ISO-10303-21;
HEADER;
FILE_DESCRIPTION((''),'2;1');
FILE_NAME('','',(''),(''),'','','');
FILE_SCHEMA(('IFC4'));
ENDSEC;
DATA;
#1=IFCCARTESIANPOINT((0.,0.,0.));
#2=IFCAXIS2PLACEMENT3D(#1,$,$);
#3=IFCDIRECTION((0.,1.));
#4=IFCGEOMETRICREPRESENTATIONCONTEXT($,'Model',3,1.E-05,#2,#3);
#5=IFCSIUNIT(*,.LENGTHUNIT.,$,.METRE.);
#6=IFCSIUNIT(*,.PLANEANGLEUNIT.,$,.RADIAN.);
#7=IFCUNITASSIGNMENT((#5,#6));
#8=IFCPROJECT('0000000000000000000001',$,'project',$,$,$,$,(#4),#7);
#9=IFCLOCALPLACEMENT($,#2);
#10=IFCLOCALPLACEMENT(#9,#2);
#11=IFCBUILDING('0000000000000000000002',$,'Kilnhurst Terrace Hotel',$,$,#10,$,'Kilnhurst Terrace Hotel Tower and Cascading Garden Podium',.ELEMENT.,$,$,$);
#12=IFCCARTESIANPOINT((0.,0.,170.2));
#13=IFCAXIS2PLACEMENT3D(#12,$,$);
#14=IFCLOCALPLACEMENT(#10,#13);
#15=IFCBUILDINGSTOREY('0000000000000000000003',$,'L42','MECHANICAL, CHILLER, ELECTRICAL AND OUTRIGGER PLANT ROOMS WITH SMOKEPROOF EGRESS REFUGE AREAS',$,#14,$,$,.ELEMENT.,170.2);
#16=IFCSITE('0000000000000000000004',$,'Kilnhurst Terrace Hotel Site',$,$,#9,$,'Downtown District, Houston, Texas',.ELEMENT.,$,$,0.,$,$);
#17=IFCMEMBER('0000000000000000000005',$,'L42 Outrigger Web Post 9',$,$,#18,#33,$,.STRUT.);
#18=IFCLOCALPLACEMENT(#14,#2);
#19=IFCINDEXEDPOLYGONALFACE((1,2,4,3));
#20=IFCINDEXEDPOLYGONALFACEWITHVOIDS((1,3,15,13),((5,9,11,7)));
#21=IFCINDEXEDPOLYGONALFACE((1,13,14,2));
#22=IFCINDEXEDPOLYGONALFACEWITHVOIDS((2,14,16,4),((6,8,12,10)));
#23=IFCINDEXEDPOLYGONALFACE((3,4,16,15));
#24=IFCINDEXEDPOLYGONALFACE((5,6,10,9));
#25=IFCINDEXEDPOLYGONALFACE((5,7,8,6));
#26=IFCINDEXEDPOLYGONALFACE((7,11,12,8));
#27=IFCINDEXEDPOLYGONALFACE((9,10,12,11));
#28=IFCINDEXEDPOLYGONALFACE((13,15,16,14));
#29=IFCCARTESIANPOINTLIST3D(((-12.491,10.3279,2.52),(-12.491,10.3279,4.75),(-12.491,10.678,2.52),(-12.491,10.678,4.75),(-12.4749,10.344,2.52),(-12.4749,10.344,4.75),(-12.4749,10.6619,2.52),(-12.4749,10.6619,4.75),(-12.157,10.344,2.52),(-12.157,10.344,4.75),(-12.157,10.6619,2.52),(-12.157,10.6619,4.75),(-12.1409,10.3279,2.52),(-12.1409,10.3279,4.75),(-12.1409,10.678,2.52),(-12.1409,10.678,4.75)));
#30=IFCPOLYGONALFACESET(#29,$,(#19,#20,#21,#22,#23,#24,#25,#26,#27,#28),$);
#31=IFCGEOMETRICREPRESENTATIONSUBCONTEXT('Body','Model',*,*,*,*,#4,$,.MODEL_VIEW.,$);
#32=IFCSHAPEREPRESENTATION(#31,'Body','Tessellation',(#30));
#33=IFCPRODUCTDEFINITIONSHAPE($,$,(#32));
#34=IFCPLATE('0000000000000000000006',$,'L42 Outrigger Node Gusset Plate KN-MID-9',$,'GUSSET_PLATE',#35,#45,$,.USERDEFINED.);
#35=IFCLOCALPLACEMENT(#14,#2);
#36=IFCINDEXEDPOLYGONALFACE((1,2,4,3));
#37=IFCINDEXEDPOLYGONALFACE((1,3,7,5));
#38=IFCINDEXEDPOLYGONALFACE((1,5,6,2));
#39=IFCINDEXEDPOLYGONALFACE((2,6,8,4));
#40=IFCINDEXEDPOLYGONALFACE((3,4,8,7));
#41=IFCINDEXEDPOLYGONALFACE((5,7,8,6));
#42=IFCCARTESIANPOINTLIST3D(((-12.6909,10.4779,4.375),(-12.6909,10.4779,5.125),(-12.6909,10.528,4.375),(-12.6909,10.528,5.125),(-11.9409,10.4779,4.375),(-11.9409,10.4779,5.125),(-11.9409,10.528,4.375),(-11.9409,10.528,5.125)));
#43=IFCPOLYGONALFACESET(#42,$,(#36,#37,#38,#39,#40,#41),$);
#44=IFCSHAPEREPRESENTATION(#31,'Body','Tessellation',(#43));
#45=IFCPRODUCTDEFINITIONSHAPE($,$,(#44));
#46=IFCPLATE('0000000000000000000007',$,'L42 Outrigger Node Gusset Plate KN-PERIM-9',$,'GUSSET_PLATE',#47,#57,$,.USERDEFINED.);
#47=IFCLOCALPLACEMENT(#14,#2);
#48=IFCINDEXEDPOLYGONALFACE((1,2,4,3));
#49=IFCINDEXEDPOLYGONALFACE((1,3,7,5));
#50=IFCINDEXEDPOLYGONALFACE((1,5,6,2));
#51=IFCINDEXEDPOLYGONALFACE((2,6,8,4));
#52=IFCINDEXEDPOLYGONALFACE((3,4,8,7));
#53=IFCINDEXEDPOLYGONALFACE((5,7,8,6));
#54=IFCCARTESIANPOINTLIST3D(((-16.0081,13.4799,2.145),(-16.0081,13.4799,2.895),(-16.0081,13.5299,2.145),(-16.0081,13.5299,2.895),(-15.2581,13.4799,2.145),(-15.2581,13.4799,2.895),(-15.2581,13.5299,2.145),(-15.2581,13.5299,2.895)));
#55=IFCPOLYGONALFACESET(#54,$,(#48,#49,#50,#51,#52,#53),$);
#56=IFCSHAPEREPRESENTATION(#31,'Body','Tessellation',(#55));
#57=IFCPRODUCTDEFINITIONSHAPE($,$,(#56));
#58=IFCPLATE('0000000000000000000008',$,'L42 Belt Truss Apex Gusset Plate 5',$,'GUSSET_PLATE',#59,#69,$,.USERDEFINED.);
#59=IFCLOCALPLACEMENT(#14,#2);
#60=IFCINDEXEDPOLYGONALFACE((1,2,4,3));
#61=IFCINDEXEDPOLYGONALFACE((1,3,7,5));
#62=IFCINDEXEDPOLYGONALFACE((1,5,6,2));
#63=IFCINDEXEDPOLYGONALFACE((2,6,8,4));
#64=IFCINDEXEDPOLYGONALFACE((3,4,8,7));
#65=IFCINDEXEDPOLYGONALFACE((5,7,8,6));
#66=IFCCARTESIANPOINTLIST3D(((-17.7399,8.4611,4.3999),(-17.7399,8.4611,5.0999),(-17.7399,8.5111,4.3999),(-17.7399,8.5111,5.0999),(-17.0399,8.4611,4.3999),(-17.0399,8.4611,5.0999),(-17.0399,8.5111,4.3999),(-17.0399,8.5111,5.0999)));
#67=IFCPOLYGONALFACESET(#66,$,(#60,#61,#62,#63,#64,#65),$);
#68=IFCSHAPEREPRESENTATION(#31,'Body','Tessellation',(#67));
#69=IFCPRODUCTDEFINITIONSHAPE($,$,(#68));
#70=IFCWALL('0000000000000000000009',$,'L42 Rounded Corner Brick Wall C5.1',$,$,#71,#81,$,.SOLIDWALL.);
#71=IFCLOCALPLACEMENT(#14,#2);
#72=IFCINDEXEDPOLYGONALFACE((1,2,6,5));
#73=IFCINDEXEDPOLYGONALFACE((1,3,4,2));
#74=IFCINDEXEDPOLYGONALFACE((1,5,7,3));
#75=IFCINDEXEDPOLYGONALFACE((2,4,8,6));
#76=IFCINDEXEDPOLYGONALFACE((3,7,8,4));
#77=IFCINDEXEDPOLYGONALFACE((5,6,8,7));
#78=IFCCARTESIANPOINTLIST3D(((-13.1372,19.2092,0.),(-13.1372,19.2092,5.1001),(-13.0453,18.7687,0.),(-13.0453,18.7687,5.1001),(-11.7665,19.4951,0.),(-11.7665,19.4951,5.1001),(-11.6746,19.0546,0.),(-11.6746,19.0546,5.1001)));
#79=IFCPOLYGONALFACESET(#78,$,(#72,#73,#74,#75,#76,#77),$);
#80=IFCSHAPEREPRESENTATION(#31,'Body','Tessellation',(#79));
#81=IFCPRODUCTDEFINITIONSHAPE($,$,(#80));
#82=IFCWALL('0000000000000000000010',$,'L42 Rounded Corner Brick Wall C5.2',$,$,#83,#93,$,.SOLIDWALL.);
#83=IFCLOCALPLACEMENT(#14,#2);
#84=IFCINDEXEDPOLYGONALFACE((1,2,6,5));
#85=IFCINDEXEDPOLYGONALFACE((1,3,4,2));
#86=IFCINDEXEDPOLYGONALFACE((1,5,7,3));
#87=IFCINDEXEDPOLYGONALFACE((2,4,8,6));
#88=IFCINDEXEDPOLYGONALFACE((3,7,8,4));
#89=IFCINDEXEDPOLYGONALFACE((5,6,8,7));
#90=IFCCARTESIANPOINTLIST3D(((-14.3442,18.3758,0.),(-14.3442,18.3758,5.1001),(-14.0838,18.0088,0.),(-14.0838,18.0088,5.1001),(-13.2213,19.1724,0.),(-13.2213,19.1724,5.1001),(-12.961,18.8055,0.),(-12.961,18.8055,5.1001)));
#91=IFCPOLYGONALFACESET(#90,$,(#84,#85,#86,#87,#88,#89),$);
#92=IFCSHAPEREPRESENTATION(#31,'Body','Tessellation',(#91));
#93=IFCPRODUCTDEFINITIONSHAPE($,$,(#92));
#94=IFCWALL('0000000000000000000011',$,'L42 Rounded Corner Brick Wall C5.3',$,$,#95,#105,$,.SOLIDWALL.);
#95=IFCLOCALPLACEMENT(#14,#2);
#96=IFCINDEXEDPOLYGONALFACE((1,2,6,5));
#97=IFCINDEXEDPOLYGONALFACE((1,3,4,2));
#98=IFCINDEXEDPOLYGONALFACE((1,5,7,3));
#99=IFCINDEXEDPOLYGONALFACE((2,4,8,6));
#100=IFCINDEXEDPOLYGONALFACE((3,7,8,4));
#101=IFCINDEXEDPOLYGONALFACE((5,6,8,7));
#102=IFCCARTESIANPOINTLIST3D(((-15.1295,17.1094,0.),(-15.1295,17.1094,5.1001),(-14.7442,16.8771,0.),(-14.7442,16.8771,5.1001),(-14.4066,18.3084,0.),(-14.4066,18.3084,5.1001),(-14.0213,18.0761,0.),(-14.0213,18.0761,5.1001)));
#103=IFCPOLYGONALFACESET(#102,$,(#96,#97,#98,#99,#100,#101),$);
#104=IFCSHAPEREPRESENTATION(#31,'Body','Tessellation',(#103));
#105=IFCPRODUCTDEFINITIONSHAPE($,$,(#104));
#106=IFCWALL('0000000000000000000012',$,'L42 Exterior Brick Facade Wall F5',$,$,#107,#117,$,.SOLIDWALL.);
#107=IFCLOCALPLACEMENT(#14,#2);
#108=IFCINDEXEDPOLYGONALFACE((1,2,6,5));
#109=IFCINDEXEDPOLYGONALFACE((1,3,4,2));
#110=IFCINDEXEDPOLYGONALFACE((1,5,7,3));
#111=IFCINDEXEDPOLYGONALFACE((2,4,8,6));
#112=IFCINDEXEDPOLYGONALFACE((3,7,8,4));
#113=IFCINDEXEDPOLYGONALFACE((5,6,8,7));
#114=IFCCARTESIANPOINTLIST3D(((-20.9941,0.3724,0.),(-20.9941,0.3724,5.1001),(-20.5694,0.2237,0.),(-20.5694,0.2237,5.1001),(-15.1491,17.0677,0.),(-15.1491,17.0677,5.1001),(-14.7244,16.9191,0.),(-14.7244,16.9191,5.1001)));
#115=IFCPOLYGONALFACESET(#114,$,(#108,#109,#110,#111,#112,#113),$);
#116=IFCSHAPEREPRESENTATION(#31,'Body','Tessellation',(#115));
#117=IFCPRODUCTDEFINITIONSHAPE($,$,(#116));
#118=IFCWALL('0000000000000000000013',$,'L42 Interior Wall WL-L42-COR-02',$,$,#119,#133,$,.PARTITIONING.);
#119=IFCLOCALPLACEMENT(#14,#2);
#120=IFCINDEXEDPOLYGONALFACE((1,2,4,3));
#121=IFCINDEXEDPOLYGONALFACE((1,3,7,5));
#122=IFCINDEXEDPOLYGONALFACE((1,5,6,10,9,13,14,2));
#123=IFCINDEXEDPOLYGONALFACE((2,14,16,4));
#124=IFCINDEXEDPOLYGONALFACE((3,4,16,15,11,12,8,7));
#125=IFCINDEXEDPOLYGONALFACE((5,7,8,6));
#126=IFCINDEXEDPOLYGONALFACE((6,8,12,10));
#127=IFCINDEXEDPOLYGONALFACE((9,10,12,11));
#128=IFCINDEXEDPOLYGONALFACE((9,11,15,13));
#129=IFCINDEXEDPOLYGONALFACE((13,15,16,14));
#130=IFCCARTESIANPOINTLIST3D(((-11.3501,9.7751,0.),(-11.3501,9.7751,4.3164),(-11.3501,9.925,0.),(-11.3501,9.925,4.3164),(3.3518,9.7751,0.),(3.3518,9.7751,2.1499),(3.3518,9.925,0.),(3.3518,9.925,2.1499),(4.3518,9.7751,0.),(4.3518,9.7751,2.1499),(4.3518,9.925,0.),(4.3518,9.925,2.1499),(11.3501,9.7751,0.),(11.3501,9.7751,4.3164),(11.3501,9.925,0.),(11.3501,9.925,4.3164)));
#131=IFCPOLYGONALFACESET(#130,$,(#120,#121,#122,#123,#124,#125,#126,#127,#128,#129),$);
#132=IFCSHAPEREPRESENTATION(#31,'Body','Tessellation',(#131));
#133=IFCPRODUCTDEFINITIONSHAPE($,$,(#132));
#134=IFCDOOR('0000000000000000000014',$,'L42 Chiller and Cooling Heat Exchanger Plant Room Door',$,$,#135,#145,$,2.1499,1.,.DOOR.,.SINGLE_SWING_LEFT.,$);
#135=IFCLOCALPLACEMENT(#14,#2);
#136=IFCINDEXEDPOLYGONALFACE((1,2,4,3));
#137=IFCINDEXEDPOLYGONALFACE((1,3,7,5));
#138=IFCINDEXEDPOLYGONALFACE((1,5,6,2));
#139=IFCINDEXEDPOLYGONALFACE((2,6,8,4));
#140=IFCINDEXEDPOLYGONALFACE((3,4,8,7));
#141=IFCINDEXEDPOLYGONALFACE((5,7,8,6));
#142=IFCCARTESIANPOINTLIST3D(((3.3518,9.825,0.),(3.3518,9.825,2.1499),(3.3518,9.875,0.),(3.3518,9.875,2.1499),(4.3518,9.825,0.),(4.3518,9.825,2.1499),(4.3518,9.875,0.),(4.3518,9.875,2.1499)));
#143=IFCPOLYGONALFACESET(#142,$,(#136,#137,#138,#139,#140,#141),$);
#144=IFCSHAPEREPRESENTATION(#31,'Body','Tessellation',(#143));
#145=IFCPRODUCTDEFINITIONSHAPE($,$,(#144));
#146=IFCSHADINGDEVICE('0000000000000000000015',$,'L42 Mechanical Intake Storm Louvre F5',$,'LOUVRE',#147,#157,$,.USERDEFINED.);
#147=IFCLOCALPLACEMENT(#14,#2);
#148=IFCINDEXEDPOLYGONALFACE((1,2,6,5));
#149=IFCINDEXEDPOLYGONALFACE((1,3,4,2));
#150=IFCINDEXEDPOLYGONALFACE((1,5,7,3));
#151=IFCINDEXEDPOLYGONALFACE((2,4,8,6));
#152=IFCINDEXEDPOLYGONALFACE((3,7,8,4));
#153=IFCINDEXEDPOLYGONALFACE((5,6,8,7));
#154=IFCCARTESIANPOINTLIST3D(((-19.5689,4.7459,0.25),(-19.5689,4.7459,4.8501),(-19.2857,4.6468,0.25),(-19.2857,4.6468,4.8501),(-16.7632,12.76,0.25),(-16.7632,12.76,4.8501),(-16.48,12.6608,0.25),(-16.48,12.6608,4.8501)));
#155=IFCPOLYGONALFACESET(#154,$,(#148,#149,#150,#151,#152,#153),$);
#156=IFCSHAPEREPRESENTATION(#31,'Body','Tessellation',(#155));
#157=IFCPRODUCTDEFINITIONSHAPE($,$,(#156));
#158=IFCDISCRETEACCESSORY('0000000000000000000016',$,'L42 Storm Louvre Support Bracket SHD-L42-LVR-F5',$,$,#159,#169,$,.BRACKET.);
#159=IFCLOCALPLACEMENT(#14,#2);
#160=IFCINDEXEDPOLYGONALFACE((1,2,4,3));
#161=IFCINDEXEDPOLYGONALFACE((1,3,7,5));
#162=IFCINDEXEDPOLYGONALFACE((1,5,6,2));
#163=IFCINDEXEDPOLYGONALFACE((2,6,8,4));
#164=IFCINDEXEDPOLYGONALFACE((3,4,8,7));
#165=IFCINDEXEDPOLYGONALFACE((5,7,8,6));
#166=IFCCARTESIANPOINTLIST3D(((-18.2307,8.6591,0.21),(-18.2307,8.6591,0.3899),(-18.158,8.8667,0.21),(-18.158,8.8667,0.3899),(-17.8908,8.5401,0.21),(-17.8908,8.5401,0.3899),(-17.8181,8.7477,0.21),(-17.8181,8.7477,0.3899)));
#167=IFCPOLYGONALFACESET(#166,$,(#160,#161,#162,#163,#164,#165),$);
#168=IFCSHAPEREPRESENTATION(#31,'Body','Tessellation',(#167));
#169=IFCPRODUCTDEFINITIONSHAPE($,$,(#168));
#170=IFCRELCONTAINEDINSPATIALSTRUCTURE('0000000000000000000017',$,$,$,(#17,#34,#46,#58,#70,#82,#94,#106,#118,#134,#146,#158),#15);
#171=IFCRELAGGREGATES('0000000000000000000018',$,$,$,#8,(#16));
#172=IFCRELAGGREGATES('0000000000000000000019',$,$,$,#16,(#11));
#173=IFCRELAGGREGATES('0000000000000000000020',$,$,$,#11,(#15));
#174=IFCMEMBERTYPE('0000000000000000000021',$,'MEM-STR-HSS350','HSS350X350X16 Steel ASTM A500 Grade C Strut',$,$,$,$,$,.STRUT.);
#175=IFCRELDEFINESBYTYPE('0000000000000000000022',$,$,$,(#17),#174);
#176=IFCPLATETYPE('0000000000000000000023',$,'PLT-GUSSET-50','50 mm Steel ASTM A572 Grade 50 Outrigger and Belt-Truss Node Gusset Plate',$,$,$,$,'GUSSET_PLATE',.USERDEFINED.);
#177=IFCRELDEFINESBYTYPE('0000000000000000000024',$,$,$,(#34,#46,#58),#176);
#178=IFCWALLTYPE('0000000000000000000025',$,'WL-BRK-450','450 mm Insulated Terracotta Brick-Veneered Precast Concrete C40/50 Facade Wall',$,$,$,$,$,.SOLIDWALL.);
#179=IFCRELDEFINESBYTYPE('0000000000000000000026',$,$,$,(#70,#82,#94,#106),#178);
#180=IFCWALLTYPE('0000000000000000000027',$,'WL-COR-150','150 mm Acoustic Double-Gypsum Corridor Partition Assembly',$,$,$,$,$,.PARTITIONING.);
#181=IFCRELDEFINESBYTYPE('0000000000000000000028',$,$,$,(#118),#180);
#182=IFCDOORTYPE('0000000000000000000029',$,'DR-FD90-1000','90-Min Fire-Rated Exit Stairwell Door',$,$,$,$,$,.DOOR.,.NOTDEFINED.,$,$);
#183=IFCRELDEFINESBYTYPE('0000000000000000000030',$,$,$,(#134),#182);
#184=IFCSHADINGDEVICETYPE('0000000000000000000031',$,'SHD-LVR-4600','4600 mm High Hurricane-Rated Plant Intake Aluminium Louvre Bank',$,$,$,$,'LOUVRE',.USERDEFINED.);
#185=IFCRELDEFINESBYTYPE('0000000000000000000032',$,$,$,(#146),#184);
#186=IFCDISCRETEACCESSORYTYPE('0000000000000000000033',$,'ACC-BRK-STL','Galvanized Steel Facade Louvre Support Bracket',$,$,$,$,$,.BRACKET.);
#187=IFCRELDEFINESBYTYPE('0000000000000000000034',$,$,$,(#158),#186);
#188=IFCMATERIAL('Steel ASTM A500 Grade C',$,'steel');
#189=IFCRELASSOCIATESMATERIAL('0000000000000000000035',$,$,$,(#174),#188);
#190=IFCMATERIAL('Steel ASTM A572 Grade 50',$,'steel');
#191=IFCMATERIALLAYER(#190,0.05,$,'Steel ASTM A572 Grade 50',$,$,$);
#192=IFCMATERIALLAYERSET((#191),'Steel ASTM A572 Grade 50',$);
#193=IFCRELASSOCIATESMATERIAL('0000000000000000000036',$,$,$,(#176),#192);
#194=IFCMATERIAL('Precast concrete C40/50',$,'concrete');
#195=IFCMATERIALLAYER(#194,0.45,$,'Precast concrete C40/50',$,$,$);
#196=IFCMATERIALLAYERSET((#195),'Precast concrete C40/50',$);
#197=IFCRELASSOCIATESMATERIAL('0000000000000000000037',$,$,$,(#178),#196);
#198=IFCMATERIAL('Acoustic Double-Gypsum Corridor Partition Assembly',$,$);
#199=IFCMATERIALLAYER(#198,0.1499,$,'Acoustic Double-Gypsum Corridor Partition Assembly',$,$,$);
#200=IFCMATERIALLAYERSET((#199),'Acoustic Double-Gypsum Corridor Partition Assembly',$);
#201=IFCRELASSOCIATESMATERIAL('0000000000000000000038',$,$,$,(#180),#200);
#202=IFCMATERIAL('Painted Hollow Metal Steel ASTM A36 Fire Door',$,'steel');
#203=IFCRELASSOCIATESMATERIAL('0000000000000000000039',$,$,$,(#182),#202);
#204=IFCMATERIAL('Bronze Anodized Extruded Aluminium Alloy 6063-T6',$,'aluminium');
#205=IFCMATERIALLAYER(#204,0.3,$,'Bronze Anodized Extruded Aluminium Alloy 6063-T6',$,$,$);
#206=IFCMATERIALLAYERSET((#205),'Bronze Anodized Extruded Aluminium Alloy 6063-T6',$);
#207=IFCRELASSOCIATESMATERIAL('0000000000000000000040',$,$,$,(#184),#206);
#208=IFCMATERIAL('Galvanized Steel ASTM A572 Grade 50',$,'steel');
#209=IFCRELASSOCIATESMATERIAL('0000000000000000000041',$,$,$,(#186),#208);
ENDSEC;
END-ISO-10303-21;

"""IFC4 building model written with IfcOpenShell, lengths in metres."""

from ifc_helpers import new_model, si_unit, direction, frame, frame_2d, origin, origin_2d, place, context, subcontext, project, spatial, rectangle, hollow_rectangle, extrude, material, layer, layer_set, material_profile, profile_set, type_object, element, fill, save


model = new_model("IFC4")

# Units and contexts
model_context = context("Model", 3, precision=1e-05, world=origin(), true_north=direction((0.0, 1.0)))
body_context = subcontext(model_context, "Body", "Model", "MODEL_VIEW")
ifc_project = project(units=[si_unit("LENGTHUNIT", "METRE"), si_unit("PLANEANGLEUNIT", "RADIAN")], contexts=[model_context])

# Site, building, storey
site_placement = place(None, origin())
site = spatial("IfcSite", under=ifc_project, at=site_placement, Name="Kilnhurst Terrace Hotel Site", LongName="Downtown District, Houston, Texas", CompositionType="ELEMENT", RefElevation=0.0)
building_placement = place(site_placement, origin())
building = spatial("IfcBuilding", under=site, at=building_placement, Name="Kilnhurst Terrace Hotel", LongName="Kilnhurst Terrace Hotel Tower and Cascading Garden Podium", CompositionType="ELEMENT")
storey_placement = place(building_placement, frame((0.0, 0.0, 170.2)))
storey = spatial("IfcBuildingStorey", under=building, at=storey_placement, Name="L42", Description="MECHANICAL, CHILLER, ELECTRICAL AND OUTRIGGER PLANT ROOMS WITH SMOKEPROOF EGRESS REFUGE AREAS", CompositionType="ELEMENT", Elevation=170.2)

# Member
ifc_material_1 = material(Name="Steel ASTM A500 Grade C", Category="steel")
ifc_material_profile_1 = material_profile(ifc_material_1, hollow_rectangle(XDim=0.3501, YDim=0.3501, WallThickness=0.0161, at=origin_2d()), Name="HSS350X350X16")
ifc_profile_set_1 = profile_set([ifc_material_profile_1], Name="Steel ASTM A500 Grade C")
member_type_1 = type_object("IfcMemberType", Name="MEM-STR-HSS350", Description="HSS350X350X16 Steel ASTM A500 Grade C Strut", PredefinedType="STRUT", material=ifc_profile_set_1)
member_1_placement = place(storey_placement, frame((-12.3159, 10.5029, 2.52), z_axis=(0.0, 0.0, 1.0), x_axis=(1.0, 0.0, 0.0)))
element("IfcMember", 1, at=member_1_placement, inside=storey, type_object=member_type_1, Name="L42 Outrigger Web Post 9", PredefinedType="STRUT", context=body_context, shape_type="SweptSolid", body=[
    extrude(hollow_rectangle(XDim=0.3501, YDim=0.3501, WallThickness=0.0161, at=origin_2d()), origin(), (0.0, 0.0, 1.0), 2.23),
])

# Plates
ifc_material_2 = material(Name="Steel ASTM A572 Grade 50", Category="steel")
ifc_layer_1 = layer(ifc_material_2, 0.05, Name="Steel ASTM A572 Grade 50")
ifc_layer_set_1 = layer_set([ifc_layer_1], Name="Steel ASTM A572 Grade 50")
plate_type = type_object("IfcPlateType", Name="PLT-GUSSET-50", Description="50 mm Steel ASTM A572 Grade 50 Outrigger and Belt-Truss Node Gusset Plate", ElementType="GUSSET_PLATE", PredefinedType="USERDEFINED", material=ifc_layer_set_1)
for number, where, z_axis, x_axis, name in (
    (2, (-12.3159, 10.5029, 4.375), (0.0, 0.0, 1.0), (1.0, 0.0, 0.0), "L42 Outrigger Node Gusset Plate KN-MID-9"),
    (3, (-15.6331, 13.5049, 2.145), (0.0, 0.0, 1.0), (1.0, 0.0, 0.0), "L42 Outrigger Node Gusset Plate KN-PERIM-9"),
):
    element("IfcPlate", number, at=place(storey_placement, frame(where, z_axis=z_axis, x_axis=x_axis)), inside=storey, type_object=plate_type, Name=name, ObjectType="GUSSET_PLATE", PredefinedType="USERDEFINED", context=body_context, shape_type="SweptSolid", body=[
        extrude(rectangle(XDim=0.75, YDim=0.05, at=origin_2d()), origin(), (0.0, 0.0, 1.0), 0.75),
    ])
plate_placement = place(storey_placement, frame((-17.3899, 8.4861, 4.3999), z_axis=(0.0, 0.0, 1.0), x_axis=(1.0, 0.0, 0.0)))
element("IfcPlate", 4, at=plate_placement, inside=storey, type_object=plate_type, Name="L42 Belt Truss Apex Gusset Plate 5", ObjectType="GUSSET_PLATE", PredefinedType="USERDEFINED", context=body_context, shape_type="SweptSolid", body=[
    extrude(rectangle(XDim=0.7, YDim=0.05, at=origin_2d()), origin(), (0.0, 0.0, 1.0), 0.7),
])

# Walls
ifc_material_3 = material(Name="Precast concrete C40/50", Category="concrete")
ifc_layer_2 = layer(ifc_material_3, 0.45, Name="Precast concrete C40/50")
ifc_layer_set_2 = layer_set([ifc_layer_2], Name="Precast concrete C40/50")
wall_type_1 = type_object("IfcWallType", Name="WL-BRK-450", Description="450 mm Insulated Terracotta Brick-Veneered Precast Concrete C40/50 Facade Wall", PredefinedType="SOLIDWALL", material=ifc_layer_set_2)
wall_1_placement = place(storey_placement, frame((-11.7205, 19.2749, 0.0), z_axis=(0.0, 0.0, 1.0), x_axis=(-0.978931, -0.204191, 0.0)))
element("IfcWall", 5, at=wall_1_placement, inside=storey, type_object=wall_type_1, Name="L42 Rounded Corner Brick Wall C5.1", PredefinedType="SOLIDWALL", context=body_context, shape_type="SweptSolid", body=[
    extrude(rectangle(XDim=1.4001, YDim=0.45, at=frame_2d((0.7002, 0.0))), origin(), (0.0, 0.0, 1.0), 5.1001),
])
wall_2_placement = place(storey_placement, frame((-13.0911, 18.989, 0.0), z_axis=(0.0, 0.0, 1.0), x_axis=(-0.815575, -0.578652, 0.0)))
element("IfcWall", 6, at=wall_2_placement, inside=storey, type_object=wall_type_1, Name="L42 Rounded Corner Brick Wall C5.2", PredefinedType="SOLIDWALL", context=body_context, shape_type="SweptSolid", body=[
    extrude(rectangle(XDim=1.3767, YDim=0.45, at=frame_2d((0.6885, 0.0))), origin(), (0.0, 0.0, 1.0), 5.1001),
])
wall_3_placement = place(storey_placement, frame((-14.2139, 18.1924, 0.0), z_axis=(0.0, 0.0, 1.0), x_axis=(-0.516341, -0.856383, 0.0)))
element("IfcWall", 7, at=wall_3_placement, inside=storey, type_object=wall_type_1, Name="L42 Rounded Corner Brick Wall C5.3", PredefinedType="SOLIDWALL", context=body_context, shape_type="SweptSolid", body=[
    extrude(rectangle(XDim=1.4001, YDim=0.45, at=frame_2d((0.7002, 0.0))), origin(), (0.0, 0.0, 1.0), 5.1001),
])
wall_4_placement = place(storey_placement, frame((-14.9368, 16.9934, 0.0), z_axis=(0.0, 0.0, 1.0), x_axis=(-0.330432, -0.94383, 0.0)))
element("IfcWall", 8, at=wall_4_placement, inside=storey, type_object=wall_type_1, Name="L42 Exterior Brick Facade Wall F5", PredefinedType="SOLIDWALL", context=body_context, shape_type="SweptSolid", body=[
    extrude(rectangle(XDim=17.689, YDim=0.45, at=frame_2d((8.8445, 0.0))), origin(), (0.0, 0.0, 1.0), 5.1001),
])

# Wall, opening, door
ifc_material_4 = material(Name="Acoustic Double-Gypsum Corridor Partition Assembly")
ifc_layer_3 = layer(ifc_material_4, 0.1499, Name="Acoustic Double-Gypsum Corridor Partition Assembly")
ifc_layer_set_3 = layer_set([ifc_layer_3], Name="Acoustic Double-Gypsum Corridor Partition Assembly")
wall_type_2 = type_object("IfcWallType", Name="WL-COR-150", Description="150 mm Acoustic Double-Gypsum Corridor Partition Assembly", PredefinedType="PARTITIONING", material=ifc_layer_set_3)
wall_5_placement = place(storey_placement, frame((-11.3501, 9.8501, 0.0), z_axis=(0.0, 0.0, 1.0), x_axis=(1.0, 0.0, 0.0)))
wall_5 = element("IfcWall", 9, at=wall_5_placement, inside=storey, type_object=wall_type_2, Name="L42 Interior Wall WL-L42-COR-02", PredefinedType="PARTITIONING", context=body_context, shape_type="SweptSolid", body=[
    extrude(rectangle(XDim=22.7002, YDim=0.1499, at=frame_2d((11.3501, 0.0))), origin(), (0.0, 0.0, 1.0), 4.3164),
])
opening_placement = place(wall_5_placement, frame((14.7019, 0.0, 0.0)))
opening = element("IfcOpeningElement", 10, at=opening_placement, cuts=wall_5, PredefinedType="OPENING", context=body_context, shape_type="SweptSolid", body=[
    extrude(rectangle(XDim=1.0, YDim=2.1499, at=frame_2d((0.5, 1.075))), frame((0.0, 0.085, 0.0), z_axis=(0.0, -1.0, 0.0), x_axis=(1.0, 0.0, 0.0)), (0.0, 0.0, 1.0), 0.1699),
])
ifc_material_5 = material(Name="Painted Hollow Metal Steel ASTM A36 Fire Door", Category="steel")
door_type = type_object("IfcDoorType", Name="DR-FD90-1000", Description="90-Min Fire-Rated Exit Stairwell Door", OperationType="NOTDEFINED", PredefinedType="DOOR", material=ifc_material_5)
door_placement = place(opening_placement, origin())
door = element("IfcDoor", 11, at=door_placement, inside=storey, type_object=door_type, Name="L42 Chiller and Cooling Heat Exchanger Plant Room Door", OperationType="SINGLE_SWING_LEFT", OverallHeight=2.1499, OverallWidth=1.0, PredefinedType="DOOR", context=body_context, shape_type="SweptSolid", body=[
    extrude(rectangle(XDim=1.0, YDim=2.1499, at=frame_2d((0.5, 1.075))), frame((0.0, 0.0249, 0.0), z_axis=(0.0, -1.0, 0.0), x_axis=(1.0, 0.0, 0.0)), (0.0, 0.0, 1.0), 0.05),
])
fill(opening, door)

# Shading device
ifc_material_6 = material(Name="Bronze Anodized Extruded Aluminium Alloy 6063-T6", Category="aluminium")
ifc_layer_4 = layer(ifc_material_6, 0.3, Name="Bronze Anodized Extruded Aluminium Alloy 6063-T6")
ifc_layer_set_4 = layer_set([ifc_layer_4], Name="Bronze Anodized Extruded Aluminium Alloy 6063-T6")
shading_device_type = type_object("IfcShadingDeviceType", Name="SHD-LVR-4600", Description="4600 mm High Hurricane-Rated Plant Intake Aluminium Louvre Bank", ElementType="LOUVRE", PredefinedType="USERDEFINED", material=ifc_layer_set_4)
shading_device_placement = place(storey_placement, frame((-18.0244, 8.7034, 0.25), z_axis=(0.0, 0.0, 1.0), x_axis=(-0.330432, -0.94383, 0.0)))
element("IfcShadingDevice", 12, at=shading_device_placement, inside=storey, type_object=shading_device_type, Name="L42 Mechanical Intake Storm Louvre F5", ObjectType="LOUVRE", PredefinedType="USERDEFINED", context=body_context, shape_type="SweptSolid", body=[
    extrude(rectangle(XDim=8.491, YDim=0.3, at=origin_2d()), origin(), (0.0, 0.0, 1.0), 4.6001),
])

# Discrete accessory
ifc_material_7 = material(Name="Galvanized Steel ASTM A572 Grade 50", Category="steel")
discrete_accessory_type = type_object("IfcDiscreteAccessoryType", Name="ACC-BRK-STL", Description="Galvanized Steel Facade Louvre Support Bracket", PredefinedType="BRACKET", material=ifc_material_7)
discrete_accessory_placement = place(storey_placement, frame((-18.0244, 8.7034, 0.21), z_axis=(0.0, 0.0, 1.0), x_axis=(-0.330432, -0.94383, 0.0)))
element("IfcDiscreteAccessory", 13, at=discrete_accessory_placement, inside=storey, type_object=discrete_accessory_type, Name="L42 Storm Louvre Support Bracket SHD-L42-LVR-F5", PredefinedType="BRACKET", context=body_context, shape_type="SweptSolid", body=[
    extrude(rectangle(XDim=0.22, YDim=0.3601, at=origin_2d()), origin(), (0.0, 0.0, 1.0), 0.1799),
])

save(model, "model.ifc")
